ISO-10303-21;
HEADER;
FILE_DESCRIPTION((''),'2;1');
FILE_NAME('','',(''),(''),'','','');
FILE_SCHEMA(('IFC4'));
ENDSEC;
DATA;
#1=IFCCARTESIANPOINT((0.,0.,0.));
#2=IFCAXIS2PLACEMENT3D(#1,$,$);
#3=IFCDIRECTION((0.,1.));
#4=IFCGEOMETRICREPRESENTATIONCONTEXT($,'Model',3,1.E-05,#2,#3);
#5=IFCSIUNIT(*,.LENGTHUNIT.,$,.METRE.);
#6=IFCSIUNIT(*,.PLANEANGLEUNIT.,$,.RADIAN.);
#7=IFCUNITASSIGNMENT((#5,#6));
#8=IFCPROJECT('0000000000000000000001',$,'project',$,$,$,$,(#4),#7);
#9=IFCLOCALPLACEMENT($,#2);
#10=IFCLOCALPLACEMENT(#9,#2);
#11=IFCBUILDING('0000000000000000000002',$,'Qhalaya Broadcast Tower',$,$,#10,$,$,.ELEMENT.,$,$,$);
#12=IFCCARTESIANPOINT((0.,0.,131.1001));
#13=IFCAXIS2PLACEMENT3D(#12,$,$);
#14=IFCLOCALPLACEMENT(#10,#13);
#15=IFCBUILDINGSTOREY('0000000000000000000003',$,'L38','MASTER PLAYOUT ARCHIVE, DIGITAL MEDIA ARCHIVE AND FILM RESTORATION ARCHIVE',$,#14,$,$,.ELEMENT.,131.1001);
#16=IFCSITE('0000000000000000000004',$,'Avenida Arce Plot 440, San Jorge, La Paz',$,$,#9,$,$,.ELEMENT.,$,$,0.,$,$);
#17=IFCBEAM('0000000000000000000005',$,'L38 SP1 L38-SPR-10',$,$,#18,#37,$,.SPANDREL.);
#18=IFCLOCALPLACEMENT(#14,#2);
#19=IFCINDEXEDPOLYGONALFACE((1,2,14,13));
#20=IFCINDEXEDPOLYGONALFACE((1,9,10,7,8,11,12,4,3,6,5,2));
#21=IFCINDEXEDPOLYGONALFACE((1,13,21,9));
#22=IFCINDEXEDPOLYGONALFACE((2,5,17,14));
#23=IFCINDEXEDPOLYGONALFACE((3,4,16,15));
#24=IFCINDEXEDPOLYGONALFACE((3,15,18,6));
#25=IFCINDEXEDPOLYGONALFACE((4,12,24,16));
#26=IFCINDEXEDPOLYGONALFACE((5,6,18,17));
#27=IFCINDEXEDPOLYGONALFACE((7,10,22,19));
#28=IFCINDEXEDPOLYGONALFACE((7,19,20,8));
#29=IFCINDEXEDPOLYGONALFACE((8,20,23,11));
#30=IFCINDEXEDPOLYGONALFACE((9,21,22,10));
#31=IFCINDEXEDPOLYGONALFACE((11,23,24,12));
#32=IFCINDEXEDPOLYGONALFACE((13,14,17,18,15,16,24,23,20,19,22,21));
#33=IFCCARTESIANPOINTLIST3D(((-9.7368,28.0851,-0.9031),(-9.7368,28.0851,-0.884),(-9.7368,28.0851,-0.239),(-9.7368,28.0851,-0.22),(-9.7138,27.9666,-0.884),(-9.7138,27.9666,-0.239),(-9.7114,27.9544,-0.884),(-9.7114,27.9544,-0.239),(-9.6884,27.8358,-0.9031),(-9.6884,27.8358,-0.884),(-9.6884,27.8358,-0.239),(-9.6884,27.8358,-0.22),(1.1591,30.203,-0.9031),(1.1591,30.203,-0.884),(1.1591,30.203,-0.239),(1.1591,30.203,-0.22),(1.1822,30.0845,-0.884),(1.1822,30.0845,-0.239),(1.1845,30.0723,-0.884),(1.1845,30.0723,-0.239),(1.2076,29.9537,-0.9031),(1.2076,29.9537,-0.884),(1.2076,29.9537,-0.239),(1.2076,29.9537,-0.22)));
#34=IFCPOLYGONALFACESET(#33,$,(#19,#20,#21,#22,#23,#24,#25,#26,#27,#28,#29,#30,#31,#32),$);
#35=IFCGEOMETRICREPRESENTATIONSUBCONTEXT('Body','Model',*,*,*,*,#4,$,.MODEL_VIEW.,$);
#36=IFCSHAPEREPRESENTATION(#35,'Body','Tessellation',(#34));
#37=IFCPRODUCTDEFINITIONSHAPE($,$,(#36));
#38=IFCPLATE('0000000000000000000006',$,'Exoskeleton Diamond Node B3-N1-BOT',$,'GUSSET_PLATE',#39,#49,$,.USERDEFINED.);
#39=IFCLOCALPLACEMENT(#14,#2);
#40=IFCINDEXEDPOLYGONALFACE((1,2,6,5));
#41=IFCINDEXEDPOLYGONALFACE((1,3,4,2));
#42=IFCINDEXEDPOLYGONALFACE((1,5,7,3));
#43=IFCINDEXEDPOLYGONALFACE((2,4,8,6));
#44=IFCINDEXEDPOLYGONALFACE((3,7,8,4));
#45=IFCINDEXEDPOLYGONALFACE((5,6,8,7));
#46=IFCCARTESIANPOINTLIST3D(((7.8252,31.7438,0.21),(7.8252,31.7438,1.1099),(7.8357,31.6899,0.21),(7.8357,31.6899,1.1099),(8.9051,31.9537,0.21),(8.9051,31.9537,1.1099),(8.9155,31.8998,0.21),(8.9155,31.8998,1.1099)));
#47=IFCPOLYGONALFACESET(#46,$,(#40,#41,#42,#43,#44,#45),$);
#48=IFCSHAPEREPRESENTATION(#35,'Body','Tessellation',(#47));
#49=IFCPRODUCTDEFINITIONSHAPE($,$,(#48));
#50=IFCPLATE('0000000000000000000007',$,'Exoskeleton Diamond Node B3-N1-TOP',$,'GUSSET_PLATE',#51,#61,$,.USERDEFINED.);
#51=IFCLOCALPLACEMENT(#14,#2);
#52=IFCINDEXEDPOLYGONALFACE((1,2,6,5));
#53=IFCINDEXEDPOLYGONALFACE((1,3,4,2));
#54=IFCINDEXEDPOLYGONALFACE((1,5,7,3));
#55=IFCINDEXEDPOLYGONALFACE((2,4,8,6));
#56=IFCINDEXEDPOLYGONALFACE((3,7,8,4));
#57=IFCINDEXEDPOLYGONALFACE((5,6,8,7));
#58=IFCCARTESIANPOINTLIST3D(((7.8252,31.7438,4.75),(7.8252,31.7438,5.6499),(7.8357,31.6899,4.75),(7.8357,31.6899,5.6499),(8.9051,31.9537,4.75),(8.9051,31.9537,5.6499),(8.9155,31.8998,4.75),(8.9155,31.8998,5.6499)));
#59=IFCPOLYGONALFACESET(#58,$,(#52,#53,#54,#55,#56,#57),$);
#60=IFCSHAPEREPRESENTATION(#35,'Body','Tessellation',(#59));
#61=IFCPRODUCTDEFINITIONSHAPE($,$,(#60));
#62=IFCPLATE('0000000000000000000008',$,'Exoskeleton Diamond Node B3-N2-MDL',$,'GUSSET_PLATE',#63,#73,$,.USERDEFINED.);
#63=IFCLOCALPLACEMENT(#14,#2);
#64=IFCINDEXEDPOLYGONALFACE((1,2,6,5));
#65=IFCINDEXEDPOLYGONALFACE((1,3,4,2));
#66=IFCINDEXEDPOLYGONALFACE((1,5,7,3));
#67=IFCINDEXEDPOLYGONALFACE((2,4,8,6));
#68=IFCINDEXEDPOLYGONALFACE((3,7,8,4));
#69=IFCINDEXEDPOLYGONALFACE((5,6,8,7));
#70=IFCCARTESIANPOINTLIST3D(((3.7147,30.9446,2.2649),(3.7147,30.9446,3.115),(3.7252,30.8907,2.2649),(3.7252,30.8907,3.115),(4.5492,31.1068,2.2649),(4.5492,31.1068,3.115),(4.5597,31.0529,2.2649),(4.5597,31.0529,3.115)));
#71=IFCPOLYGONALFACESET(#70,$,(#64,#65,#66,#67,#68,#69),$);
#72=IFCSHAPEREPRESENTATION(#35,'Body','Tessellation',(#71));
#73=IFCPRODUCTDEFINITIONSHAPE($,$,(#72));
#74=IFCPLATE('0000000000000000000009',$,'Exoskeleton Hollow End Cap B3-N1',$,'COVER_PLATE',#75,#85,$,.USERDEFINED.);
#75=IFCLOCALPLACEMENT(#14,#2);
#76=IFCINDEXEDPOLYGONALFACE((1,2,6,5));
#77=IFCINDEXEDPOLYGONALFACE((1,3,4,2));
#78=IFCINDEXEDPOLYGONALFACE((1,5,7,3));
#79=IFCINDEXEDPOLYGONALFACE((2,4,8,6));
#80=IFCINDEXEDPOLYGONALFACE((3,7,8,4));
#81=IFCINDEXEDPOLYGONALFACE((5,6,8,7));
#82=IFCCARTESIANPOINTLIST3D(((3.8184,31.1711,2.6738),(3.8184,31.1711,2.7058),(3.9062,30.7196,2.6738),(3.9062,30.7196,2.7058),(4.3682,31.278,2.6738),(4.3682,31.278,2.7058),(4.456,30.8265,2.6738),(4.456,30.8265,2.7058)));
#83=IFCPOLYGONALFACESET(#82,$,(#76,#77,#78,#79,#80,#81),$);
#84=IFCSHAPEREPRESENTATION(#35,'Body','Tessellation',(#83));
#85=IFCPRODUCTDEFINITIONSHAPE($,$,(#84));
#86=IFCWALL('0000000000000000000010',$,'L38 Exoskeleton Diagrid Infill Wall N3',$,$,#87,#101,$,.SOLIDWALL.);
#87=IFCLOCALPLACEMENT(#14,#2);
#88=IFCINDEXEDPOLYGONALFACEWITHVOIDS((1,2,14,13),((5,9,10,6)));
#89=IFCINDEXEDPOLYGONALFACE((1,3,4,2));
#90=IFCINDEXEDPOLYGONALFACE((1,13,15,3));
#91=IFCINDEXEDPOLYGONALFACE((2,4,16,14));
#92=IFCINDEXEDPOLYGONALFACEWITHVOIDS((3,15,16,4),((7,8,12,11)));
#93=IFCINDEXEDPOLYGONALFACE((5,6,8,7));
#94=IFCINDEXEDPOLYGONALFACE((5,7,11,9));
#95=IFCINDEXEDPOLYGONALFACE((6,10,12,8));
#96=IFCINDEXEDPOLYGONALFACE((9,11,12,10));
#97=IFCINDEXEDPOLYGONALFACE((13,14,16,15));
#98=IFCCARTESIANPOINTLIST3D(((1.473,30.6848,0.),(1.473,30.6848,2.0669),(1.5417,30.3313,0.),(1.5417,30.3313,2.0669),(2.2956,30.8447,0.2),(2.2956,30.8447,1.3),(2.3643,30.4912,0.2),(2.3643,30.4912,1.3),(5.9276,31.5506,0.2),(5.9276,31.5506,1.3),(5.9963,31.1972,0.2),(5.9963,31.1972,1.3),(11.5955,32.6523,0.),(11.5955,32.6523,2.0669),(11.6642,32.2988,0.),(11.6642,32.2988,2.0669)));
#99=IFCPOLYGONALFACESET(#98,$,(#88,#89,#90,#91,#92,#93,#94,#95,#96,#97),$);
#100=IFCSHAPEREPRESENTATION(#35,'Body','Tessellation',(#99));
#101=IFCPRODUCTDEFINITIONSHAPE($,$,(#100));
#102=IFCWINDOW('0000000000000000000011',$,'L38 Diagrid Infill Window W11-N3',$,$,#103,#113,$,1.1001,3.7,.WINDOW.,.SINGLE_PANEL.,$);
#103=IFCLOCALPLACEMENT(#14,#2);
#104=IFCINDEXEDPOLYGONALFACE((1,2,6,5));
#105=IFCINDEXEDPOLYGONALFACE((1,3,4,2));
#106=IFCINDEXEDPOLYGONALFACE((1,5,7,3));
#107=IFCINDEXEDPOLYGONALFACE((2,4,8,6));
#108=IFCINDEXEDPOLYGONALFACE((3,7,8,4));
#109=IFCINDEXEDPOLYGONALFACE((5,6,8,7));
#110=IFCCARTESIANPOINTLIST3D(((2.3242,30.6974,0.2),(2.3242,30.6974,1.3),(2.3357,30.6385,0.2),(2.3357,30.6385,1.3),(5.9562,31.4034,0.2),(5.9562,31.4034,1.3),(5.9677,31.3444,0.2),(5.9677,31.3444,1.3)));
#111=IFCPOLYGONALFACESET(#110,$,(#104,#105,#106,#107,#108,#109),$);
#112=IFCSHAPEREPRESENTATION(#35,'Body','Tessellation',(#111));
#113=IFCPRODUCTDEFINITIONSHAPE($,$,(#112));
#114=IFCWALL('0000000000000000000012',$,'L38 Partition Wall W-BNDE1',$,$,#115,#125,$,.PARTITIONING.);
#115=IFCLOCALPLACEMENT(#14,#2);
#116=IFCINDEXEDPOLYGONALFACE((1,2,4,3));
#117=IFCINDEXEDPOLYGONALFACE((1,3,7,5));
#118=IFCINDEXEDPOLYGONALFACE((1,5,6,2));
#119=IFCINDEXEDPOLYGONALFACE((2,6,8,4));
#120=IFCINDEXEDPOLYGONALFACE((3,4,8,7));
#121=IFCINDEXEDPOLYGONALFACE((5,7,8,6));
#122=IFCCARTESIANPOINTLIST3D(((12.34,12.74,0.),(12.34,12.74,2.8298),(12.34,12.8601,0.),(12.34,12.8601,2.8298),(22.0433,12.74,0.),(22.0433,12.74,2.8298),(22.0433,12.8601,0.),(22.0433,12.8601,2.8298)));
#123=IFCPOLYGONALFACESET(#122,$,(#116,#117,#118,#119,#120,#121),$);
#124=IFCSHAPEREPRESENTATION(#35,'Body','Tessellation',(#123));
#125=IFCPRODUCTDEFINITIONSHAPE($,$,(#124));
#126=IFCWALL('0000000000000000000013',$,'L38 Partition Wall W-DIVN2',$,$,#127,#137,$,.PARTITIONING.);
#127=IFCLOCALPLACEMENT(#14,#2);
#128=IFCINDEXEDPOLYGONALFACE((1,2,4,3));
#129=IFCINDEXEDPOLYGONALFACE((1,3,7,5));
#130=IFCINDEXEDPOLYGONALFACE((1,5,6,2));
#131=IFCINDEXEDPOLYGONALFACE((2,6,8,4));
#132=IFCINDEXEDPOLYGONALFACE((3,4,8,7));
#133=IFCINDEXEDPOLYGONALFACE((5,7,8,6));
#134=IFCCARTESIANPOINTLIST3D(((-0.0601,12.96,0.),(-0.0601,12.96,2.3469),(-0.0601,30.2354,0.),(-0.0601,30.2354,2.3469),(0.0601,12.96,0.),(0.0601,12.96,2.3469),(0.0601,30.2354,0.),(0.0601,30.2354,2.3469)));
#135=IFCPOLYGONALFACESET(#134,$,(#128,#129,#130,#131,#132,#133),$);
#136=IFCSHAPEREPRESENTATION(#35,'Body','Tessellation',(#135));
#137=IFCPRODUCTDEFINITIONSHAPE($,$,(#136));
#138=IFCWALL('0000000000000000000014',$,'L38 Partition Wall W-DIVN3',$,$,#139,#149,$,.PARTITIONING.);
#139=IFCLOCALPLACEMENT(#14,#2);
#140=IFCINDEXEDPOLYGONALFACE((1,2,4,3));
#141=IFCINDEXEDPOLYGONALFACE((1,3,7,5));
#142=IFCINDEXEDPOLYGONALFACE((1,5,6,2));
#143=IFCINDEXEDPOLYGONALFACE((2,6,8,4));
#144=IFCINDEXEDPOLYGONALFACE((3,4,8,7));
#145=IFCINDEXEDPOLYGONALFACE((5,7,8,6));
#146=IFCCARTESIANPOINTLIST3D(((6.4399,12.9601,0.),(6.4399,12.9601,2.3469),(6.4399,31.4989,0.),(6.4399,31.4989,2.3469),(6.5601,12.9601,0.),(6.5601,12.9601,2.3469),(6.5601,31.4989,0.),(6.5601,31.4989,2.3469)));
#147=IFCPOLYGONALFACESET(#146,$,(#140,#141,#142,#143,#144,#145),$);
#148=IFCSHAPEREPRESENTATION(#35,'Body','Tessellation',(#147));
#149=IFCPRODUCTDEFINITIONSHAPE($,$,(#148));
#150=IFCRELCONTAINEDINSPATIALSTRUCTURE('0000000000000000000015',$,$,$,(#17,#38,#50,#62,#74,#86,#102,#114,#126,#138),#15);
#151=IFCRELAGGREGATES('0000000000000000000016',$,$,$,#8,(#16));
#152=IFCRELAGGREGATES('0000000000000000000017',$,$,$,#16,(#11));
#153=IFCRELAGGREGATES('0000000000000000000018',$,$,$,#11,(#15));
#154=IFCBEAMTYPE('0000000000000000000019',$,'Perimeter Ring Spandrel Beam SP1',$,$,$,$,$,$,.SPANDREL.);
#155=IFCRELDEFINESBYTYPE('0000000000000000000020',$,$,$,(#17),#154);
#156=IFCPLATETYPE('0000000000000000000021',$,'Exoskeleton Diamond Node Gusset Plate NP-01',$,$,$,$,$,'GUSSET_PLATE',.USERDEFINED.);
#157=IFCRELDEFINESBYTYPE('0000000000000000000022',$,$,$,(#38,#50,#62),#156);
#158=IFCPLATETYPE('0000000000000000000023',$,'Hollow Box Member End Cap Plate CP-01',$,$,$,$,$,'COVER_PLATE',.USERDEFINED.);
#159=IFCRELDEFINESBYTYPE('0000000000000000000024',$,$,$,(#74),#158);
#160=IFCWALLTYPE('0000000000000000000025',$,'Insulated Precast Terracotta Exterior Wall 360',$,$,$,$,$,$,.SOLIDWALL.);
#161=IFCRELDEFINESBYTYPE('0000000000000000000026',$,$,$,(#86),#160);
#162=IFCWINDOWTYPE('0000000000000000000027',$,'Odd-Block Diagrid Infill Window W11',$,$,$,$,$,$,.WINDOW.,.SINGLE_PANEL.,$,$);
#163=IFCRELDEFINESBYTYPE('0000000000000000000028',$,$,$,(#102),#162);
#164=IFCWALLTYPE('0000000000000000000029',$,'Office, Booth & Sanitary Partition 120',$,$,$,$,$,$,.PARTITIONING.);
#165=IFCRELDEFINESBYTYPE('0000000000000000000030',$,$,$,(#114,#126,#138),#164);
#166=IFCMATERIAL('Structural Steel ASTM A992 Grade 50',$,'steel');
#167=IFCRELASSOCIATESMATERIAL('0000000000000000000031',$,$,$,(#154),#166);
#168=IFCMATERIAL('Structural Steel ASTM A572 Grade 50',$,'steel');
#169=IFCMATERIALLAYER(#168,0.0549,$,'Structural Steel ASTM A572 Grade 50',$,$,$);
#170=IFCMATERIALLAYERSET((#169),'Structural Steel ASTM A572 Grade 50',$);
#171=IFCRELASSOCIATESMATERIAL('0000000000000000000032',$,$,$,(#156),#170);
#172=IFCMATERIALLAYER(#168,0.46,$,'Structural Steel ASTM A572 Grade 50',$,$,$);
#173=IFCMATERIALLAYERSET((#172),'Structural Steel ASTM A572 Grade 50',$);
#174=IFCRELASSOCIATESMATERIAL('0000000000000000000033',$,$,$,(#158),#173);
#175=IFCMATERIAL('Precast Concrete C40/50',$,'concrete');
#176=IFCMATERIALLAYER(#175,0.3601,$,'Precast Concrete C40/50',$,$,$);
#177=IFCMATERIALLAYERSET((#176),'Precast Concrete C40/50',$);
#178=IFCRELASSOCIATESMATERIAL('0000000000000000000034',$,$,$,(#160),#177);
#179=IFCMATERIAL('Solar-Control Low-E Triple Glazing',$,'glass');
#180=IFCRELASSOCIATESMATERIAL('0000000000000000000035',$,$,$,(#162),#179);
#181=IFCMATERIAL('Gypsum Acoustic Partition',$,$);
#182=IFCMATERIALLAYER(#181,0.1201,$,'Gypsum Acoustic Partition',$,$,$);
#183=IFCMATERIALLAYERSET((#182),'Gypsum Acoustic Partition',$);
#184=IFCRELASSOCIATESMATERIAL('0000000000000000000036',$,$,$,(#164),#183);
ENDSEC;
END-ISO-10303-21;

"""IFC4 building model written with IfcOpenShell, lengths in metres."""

from ifc_helpers import new_model, si_unit, direction, frame, frame_2d, origin, origin_2d, place, context, subcontext, project, spatial, rectangle, i_section, extrude, material, layer, layer_set, material_profile, profile_set, type_object, element, fill, save


model = new_model("IFC4")

# Units and contexts
model_context = context("Model", 3, precision=1e-05, world=origin(), true_north=direction((0.0, 1.0)))
body_context = subcontext(model_context, "Body", "Model", "MODEL_VIEW")
ifc_project = project(units=[si_unit("LENGTHUNIT", "METRE"), si_unit("PLANEANGLEUNIT", "RADIAN")], contexts=[model_context])

# Site, building, storey
site_placement = place(None, origin())
site = spatial("IfcSite", under=ifc_project, at=site_placement, Name="Avenida Arce Plot 440, San Jorge, La Paz", CompositionType="ELEMENT", RefElevation=0.0)
building_placement = place(site_placement, origin())
building = spatial("IfcBuilding", under=site, at=building_placement, Name="Qhalaya Broadcast Tower", CompositionType="ELEMENT")
storey_placement = place(building_placement, frame((0.0, 0.0, 131.1001)))
storey = spatial("IfcBuildingStorey", under=building, at=storey_placement, Name="L38", Description="MASTER PLAYOUT ARCHIVE, DIGITAL MEDIA ARCHIVE AND FILM RESTORATION ARCHIVE", CompositionType="ELEMENT", Elevation=131.1001)

# Shared definitions
ifc_material_1 = material(Name="Structural Steel ASTM A572 Grade 50", Category="steel")

# Shared definitions
ifc_material_2 = material(Name="Structural Steel ASTM A992 Grade 50", Category="steel")

# Beam
ifc_material_profile_1 = material_profile(ifc_material_2, i_section(OverallWidth=0.2539, OverallDepth=0.6831, WebThickness=0.0125, FlangeThickness=0.019, at=origin_2d()), Name="W27X94")
ifc_profile_set_1 = profile_set([ifc_material_profile_1], Name="Structural Steel ASTM A992 Grade 50")
beam_type_1 = type_object("IfcBeamType", Name="Perimeter Ring Spandrel Beam SP1", PredefinedType="SPANDREL", material=ifc_profile_set_1)
beam_1_placement = place(storey_placement, frame((1.1833, 30.0784, -0.5615), z_axis=(-0.981628, -0.190805, 0.0), x_axis=(0.190805, -0.981628, 0.0)))
element("IfcBeam", 1, at=beam_1_placement, inside=storey, type_object=beam_type_1, Name="L38 SP1 L38-SPR-10", PredefinedType="SPANDREL", context=body_context, shape_type="SweptSolid", body=[
    extrude(i_section(OverallWidth=0.2539, OverallDepth=0.6831, WebThickness=0.0125, FlangeThickness=0.019, at=origin_2d()), origin(), (0.0, 0.0, 1.0), 11.0999),
])

# Plates
ifc_layer_1 = layer(ifc_material_1, 0.0549, Name="Structural Steel ASTM A572 Grade 50")
ifc_layer_set_1 = layer_set([ifc_layer_1], Name="Structural Steel ASTM A572 Grade 50")
plate_type_1 = type_object("IfcPlateType", Name="Exoskeleton Diamond Node Gusset Plate NP-01", ElementType="GUSSET_PLATE", PredefinedType="USERDEFINED", material=ifc_layer_set_1)
for number, where, z_axis, x_axis, name in (
    (2, (8.3704, 31.8218, 0.21), (0.0, 0.0, 1.0), (0.981627, 0.190809, 0.0), "Exoskeleton Diamond Node B3-N1-BOT"),
    (3, (8.3704, 31.8218, 4.75), (0.0, 0.0, 1.0), (0.981627, 0.190809, 0.0), "Exoskeleton Diamond Node B3-N1-TOP"),
):
    element("IfcPlate", number, at=place(storey_placement, frame(where, z_axis=z_axis, x_axis=x_axis)), inside=storey, type_object=plate_type_1, Name=name, ObjectType="GUSSET_PLATE", PredefinedType="USERDEFINED", context=body_context, shape_type="SweptSolid", body=[
        extrude(rectangle(XDim=1.1001, YDim=0.0549, at=origin_2d()), origin(), (0.0, 0.0, 1.0), 0.8999),
    ])
plate_1_placement = place(storey_placement, frame((4.1372, 30.9988, 2.2649), z_axis=(0.0, 0.0, 1.0), x_axis=(0.981627, 0.190809, 0.0)))
element("IfcPlate", 4, at=plate_1_placement, inside=storey, type_object=plate_type_1, Name="Exoskeleton Diamond Node B3-N2-MDL", ObjectType="GUSSET_PLATE", PredefinedType="USERDEFINED", context=body_context, shape_type="SweptSolid", body=[
    extrude(rectangle(XDim=0.8501, YDim=0.0549, at=origin_2d()), origin(), (0.0, 0.0, 1.0), 0.8501),
])
ifc_layer_2 = layer(ifc_material_1, 0.46, Name="Structural Steel ASTM A572 Grade 50")
ifc_layer_set_2 = layer_set([ifc_layer_2], Name="Structural Steel ASTM A572 Grade 50")
plate_type_2 = type_object("IfcPlateType", Name="Hollow Box Member End Cap Plate CP-01", ElementType="COVER_PLATE", PredefinedType="USERDEFINED", material=ifc_layer_set_2)
plate_2_placement = place(storey_placement, frame((4.1372, 30.9988, 2.6738), z_axis=(0.0, 0.0, 1.0), x_axis=(0.981627, 0.190809, 0.0)))
element("IfcPlate", 5, at=plate_2_placement, inside=storey, type_object=plate_type_2, Name="Exoskeleton Hollow End Cap B3-N1", ObjectType="COVER_PLATE", PredefinedType="USERDEFINED", context=body_context, shape_type="SweptSolid", body=[
    extrude(rectangle(XDim=0.5601, YDim=0.46, at=origin_2d()), origin(), (0.0, 0.0, 1.0), 0.032),
])

# Wall, opening, window
ifc_material_3 = material(Name="Precast Concrete C40/50", Category="concrete")
ifc_layer_3 = layer(ifc_material_3, 0.3601, Name="Precast Concrete C40/50")
ifc_layer_set_3 = layer_set([ifc_layer_3], Name="Precast Concrete C40/50")
wall_type_1 = type_object("IfcWallType", Name="Insulated Precast Terracotta Exterior Wall 360", PredefinedType="SOLIDWALL", material=ifc_layer_set_3)
wall_1_placement = place(storey_placement, frame((1.5073, 30.5081, 0.0), z_axis=(0.0, 0.0, 1.0), x_axis=(0.981629, 0.1908, 0.0)))
wall_1 = element("IfcWall", 6, at=wall_1_placement, inside=storey, type_object=wall_type_1, Name="L38 Exoskeleton Diagrid Infill Wall N3", PredefinedType="SOLIDWALL", context=body_context, shape_type="SweptSolid", body=[
    extrude(rectangle(XDim=10.312, YDim=0.3601, at=frame_2d((5.156, 0.0))), origin(), (0.0, 0.0, 1.0), 2.0669),
])
opening_placement = place(wall_1_placement, frame((0.8379, 0.0, 0.2)))
opening = element("IfcOpeningElement", 7, at=opening_placement, cuts=wall_1, PredefinedType="OPENING", context=body_context, shape_type="SweptSolid", body=[
    extrude(rectangle(XDim=3.7, YDim=1.1001, at=frame_2d((1.8501, 0.55))), frame((0.0, 0.1921, 0.0), z_axis=(0.0, -1.0, 0.0), x_axis=(1.0, 0.0, 0.0)), (0.0, 0.0, 1.0), 0.384),
])
ifc_material_4 = material(Name="Solar-Control Low-E Triple Glazing", Category="glass")
window_type = type_object("IfcWindowType", Name="Odd-Block Diagrid Infill Window W11", PartitioningType="SINGLE_PANEL", PredefinedType="WINDOW", material=ifc_material_4)
window_placement = place(opening_placement, origin())
window = element("IfcWindow", 8, at=window_placement, inside=storey, type_object=window_type, Name="L38 Diagrid Infill Window W11-N3", OverallHeight=1.1001, OverallWidth=3.7, PartitioningType="SINGLE_PANEL", PredefinedType="WINDOW", context=body_context, shape_type="SweptSolid", body=[
    extrude(rectangle(XDim=3.7, YDim=1.1001, at=frame_2d((1.8501, 0.55))), frame((0.0, 0.03, 0.0), z_axis=(0.0, -1.0, 0.0), x_axis=(1.0, 0.0, 0.0)), (0.0, 0.0, 1.0), 0.0601),
])
fill(opening, window)

# Walls
ifc_material_5 = material(Name="Gypsum Acoustic Partition")
ifc_layer_4 = layer(ifc_material_5, 0.1201, Name="Gypsum Acoustic Partition")
ifc_layer_set_4 = layer_set([ifc_layer_4], Name="Gypsum Acoustic Partition")
wall_type_2 = type_object("IfcWallType", Name="Office, Booth & Sanitary Partition 120", PredefinedType="PARTITIONING", material=ifc_layer_set_4)
wall_2_placement = place(storey_placement, frame((12.3401, 12.8, 0.0), z_axis=(0.0, 0.0, 1.0), x_axis=(1.0, 0.0, 0.0)))
element("IfcWall", 9, at=wall_2_placement, inside=storey, type_object=wall_type_2, Name="L38 Partition Wall W-BNDE1", PredefinedType="PARTITIONING", context=body_context, shape_type="SweptSolid", body=[
    extrude(rectangle(XDim=9.7034, YDim=0.1201, at=frame_2d((4.8516, 0.0))), origin(), (0.0, 0.0, 1.0), 2.8298),
])
wall_3_placement = place(storey_placement, frame((0.0, 12.96, 0.0), z_axis=(0.0, 0.0, 1.0), x_axis=(0.0, 1.0, 0.0)))
element("IfcWall", 10, at=wall_3_placement, inside=storey, type_object=wall_type_2, Name="L38 Partition Wall W-DIVN2", PredefinedType="PARTITIONING", context=body_context, shape_type="SweptSolid", body=[
    extrude(rectangle(XDim=17.2754, YDim=0.1201, at=frame_2d((8.6377, 0.0))), origin(), (0.0, 0.0, 1.0), 2.3469),
])
wall_4_placement = place(storey_placement, frame((6.5, 12.96, 0.0), z_axis=(0.0, 0.0, 1.0), x_axis=(0.0, 1.0, 0.0)))
element("IfcWall", 11, at=wall_4_placement, inside=storey, type_object=wall_type_2, Name="L38 Partition Wall W-DIVN3", PredefinedType="PARTITIONING", context=body_context, shape_type="SweptSolid", body=[
    extrude(rectangle(XDim=18.5388, YDim=0.1201, at=frame_2d((9.2695, 0.0))), origin(), (0.0, 0.0, 1.0), 2.3469),
])

save(model, "model.ifc")
